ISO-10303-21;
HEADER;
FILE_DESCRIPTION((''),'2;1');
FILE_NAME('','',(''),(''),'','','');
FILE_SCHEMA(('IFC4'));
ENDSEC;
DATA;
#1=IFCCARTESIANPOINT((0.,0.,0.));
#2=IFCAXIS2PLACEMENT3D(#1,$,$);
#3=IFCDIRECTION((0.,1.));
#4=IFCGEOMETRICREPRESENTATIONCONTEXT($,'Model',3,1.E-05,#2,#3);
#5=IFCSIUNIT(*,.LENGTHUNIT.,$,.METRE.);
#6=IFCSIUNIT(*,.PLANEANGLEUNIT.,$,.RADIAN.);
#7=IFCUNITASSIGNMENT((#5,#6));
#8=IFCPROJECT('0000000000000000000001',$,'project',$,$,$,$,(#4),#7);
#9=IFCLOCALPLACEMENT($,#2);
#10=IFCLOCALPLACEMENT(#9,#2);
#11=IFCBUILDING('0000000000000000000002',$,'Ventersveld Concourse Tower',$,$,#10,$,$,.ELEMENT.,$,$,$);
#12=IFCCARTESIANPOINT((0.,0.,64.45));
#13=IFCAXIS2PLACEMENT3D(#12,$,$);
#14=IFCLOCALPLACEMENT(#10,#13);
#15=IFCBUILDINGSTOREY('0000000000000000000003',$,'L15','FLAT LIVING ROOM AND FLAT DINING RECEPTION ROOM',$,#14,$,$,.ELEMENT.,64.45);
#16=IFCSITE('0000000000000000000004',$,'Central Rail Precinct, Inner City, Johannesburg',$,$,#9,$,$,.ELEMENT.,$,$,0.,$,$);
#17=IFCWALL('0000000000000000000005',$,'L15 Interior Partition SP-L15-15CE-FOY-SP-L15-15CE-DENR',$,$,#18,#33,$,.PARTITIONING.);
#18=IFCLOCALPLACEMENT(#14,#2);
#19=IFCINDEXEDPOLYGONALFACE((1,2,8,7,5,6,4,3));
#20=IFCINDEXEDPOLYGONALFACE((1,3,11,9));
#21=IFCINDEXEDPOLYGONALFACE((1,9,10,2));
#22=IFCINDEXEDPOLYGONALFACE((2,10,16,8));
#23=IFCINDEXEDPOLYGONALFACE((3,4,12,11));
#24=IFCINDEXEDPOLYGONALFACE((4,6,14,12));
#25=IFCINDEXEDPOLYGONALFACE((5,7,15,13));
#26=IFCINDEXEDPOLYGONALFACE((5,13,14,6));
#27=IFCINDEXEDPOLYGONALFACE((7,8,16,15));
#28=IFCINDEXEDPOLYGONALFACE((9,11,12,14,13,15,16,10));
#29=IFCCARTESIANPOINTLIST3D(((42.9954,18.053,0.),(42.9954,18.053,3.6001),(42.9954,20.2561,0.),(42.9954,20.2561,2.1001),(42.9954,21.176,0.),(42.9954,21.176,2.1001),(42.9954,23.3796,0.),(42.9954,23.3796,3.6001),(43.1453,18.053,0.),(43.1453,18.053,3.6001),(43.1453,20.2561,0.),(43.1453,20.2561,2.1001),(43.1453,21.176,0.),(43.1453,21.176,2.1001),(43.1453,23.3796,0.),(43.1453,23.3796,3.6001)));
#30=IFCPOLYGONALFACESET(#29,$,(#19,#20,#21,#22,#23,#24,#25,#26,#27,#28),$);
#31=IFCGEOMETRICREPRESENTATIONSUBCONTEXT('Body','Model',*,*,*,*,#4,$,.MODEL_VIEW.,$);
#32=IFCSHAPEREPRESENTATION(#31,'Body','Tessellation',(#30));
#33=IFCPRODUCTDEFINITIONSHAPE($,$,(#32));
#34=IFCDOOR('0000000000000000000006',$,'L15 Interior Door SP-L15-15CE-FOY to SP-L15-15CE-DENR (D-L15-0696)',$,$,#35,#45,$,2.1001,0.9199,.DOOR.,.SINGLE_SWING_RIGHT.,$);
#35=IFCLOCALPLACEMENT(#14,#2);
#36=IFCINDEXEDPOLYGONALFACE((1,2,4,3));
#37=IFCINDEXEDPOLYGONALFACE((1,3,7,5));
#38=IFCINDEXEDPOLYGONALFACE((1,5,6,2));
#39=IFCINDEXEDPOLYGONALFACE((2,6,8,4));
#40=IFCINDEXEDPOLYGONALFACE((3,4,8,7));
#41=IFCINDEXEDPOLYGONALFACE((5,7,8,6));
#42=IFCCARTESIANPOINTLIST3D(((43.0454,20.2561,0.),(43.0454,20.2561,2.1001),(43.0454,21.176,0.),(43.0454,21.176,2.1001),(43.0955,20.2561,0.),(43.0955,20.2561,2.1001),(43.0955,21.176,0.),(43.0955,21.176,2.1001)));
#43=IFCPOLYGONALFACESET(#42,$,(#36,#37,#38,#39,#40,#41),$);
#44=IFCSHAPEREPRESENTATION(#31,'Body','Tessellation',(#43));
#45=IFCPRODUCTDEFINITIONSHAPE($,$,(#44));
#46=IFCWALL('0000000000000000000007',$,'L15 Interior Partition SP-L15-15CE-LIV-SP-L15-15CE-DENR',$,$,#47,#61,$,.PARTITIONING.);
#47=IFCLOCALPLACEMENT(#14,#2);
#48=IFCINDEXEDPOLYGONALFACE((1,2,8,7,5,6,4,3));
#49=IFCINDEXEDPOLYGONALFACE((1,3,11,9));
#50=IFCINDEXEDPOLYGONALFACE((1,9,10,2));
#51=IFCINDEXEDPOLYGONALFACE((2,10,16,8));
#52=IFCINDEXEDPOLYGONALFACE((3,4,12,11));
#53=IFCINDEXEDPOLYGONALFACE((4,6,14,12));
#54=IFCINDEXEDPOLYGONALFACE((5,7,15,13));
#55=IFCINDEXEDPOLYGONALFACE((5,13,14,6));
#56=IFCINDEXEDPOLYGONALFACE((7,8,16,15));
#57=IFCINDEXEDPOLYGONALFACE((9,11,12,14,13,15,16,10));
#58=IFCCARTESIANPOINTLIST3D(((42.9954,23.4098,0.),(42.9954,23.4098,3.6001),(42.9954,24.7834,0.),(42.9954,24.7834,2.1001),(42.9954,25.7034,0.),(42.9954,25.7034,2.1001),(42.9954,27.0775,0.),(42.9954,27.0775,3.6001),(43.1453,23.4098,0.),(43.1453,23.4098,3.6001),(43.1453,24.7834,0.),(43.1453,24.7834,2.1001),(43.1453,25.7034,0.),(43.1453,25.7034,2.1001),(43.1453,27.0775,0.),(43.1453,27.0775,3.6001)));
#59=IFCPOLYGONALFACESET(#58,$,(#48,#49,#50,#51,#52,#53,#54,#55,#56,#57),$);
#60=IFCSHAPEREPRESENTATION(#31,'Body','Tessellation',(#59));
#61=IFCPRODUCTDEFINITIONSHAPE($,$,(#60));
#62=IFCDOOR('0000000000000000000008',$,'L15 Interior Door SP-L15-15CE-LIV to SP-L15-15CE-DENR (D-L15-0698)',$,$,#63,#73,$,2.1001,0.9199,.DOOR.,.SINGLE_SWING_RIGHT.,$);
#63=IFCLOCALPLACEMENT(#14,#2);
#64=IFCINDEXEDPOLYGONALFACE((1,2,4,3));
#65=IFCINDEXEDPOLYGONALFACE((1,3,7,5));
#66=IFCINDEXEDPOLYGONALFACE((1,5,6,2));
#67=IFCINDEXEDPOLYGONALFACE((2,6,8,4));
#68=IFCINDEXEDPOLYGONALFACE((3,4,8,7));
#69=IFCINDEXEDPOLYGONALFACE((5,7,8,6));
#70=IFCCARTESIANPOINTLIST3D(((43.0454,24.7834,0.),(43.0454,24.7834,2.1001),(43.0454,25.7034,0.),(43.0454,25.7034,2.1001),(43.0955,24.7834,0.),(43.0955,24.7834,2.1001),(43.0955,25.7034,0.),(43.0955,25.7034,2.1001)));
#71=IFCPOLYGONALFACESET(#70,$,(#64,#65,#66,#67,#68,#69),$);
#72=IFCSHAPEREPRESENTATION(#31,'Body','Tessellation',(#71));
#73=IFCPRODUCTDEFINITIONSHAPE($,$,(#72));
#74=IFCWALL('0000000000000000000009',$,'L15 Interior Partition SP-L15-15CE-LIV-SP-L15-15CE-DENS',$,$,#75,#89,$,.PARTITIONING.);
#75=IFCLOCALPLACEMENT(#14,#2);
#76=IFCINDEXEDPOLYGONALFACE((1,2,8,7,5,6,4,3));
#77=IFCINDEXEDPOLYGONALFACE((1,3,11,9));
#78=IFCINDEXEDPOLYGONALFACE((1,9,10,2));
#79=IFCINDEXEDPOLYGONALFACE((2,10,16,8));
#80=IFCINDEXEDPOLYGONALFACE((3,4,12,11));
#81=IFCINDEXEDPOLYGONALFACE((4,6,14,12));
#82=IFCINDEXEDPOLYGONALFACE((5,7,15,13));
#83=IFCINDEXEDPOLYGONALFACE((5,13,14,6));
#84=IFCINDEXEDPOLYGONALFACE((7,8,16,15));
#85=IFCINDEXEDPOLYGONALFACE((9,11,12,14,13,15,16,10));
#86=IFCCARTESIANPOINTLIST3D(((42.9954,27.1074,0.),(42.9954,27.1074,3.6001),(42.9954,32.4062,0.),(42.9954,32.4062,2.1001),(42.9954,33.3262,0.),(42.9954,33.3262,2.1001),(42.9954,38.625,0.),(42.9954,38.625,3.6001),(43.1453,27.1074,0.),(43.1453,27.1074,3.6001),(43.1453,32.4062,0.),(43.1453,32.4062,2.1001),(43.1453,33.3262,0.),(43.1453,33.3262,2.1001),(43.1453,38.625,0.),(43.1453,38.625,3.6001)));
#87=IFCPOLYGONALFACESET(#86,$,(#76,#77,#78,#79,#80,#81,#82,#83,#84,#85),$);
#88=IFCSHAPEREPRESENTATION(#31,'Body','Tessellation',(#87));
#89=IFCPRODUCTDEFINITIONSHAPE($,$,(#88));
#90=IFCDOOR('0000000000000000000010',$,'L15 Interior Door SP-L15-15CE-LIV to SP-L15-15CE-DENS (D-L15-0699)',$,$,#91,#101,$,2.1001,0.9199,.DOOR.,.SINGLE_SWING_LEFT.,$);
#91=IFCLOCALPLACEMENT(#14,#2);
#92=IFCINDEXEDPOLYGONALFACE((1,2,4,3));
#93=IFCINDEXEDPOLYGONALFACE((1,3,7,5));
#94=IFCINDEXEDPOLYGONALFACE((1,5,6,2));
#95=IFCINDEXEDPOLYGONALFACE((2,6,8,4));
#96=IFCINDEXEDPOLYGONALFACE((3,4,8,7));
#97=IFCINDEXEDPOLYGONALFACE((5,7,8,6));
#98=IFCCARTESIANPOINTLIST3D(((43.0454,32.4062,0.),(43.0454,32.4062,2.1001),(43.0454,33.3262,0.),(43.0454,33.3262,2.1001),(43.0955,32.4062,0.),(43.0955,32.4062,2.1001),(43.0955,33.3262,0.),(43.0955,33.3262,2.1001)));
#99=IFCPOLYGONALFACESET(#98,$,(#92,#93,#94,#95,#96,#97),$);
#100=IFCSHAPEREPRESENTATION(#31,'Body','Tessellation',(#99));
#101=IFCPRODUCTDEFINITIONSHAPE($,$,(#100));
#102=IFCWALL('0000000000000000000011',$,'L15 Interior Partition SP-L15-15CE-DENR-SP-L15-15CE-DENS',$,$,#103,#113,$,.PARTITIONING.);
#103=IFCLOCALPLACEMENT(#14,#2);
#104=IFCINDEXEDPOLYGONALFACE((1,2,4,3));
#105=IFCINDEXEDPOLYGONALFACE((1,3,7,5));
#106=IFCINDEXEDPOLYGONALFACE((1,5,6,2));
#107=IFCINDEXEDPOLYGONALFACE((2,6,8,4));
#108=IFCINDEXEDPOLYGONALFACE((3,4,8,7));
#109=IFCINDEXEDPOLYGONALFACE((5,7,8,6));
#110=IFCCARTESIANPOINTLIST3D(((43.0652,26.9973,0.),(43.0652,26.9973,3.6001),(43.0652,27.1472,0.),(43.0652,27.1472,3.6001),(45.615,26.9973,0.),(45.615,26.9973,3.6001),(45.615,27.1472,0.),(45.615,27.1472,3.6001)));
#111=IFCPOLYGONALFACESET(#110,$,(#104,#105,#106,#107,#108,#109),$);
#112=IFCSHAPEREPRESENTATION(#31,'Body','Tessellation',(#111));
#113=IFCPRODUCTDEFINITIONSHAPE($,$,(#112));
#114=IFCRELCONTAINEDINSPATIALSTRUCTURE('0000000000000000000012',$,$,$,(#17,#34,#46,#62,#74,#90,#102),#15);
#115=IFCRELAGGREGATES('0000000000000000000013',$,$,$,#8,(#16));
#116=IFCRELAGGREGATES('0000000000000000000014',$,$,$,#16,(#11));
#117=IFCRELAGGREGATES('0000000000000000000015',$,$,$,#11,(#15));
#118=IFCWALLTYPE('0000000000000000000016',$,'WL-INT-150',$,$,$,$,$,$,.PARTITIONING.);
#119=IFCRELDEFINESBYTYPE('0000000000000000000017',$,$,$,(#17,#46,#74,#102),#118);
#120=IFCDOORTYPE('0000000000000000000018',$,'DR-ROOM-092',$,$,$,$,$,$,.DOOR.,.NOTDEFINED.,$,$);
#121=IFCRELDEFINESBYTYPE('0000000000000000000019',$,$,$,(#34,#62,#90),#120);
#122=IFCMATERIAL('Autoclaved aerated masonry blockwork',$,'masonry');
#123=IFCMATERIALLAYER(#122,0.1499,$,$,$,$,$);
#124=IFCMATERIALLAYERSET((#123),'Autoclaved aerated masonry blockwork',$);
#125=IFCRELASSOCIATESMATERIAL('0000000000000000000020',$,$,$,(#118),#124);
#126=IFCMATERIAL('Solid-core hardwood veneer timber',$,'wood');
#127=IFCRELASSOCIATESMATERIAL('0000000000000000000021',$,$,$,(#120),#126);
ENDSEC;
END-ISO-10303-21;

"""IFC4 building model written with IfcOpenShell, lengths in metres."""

from ifc_helpers import new_model, si_unit, direction, frame, frame_2d, origin, place, context, subcontext, project, spatial, rectangle, extrude, material, layer, layer_set, type_object, element, fill, save


model = new_model("IFC4")

# Units and contexts
model_context = context("Model", 3, precision=1e-05, world=origin(), true_north=direction((0.0, 1.0)))
body_context = subcontext(model_context, "Body", "Model", "MODEL_VIEW")
ifc_project = project(units=[si_unit("LENGTHUNIT", "METRE"), si_unit("PLANEANGLEUNIT", "RADIAN")], contexts=[model_context])

# Site, building, storey
site_placement = place(None, origin())
site = spatial("IfcSite", under=ifc_project, at=site_placement, Name="Central Rail Precinct, Inner City, Johannesburg", CompositionType="ELEMENT", RefElevation=0.0)
building_placement = place(site_placement, origin())
building = spatial("IfcBuilding", under=site, at=building_placement, Name="Ventersveld Concourse Tower", CompositionType="ELEMENT")
storey_placement = place(building_placement, frame((0.0, 0.0, 64.45)))
storey = spatial("IfcBuildingStorey", under=building, at=storey_placement, Name="L15", Description="FLAT LIVING ROOM AND FLAT DINING RECEPTION ROOM", CompositionType="ELEMENT", Elevation=64.45)

# Shared definitions
ifc_material_1 = material(Name="Autoclaved aerated masonry blockwork", Category="masonry")
ifc_layer_1 = layer(ifc_material_1, 0.1499)
ifc_layer_set_1 = layer_set([ifc_layer_1], Name="Autoclaved aerated masonry blockwork")
wall_type_1 = type_object("IfcWallType", Name="WL-INT-150", PredefinedType="PARTITIONING", material=ifc_layer_set_1)
ifc_material_2 = material(Name="Solid-core hardwood veneer timber", Category="wood")
door_type = type_object("IfcDoorType", Name="DR-ROOM-092", OperationType="NOTDEFINED", PredefinedType="DOOR", material=ifc_material_2)

# Walls, openings, doors
wall_1_placement = place(storey_placement, frame((43.0703, 18.053, 0.0), z_axis=(0.0, 0.0, 1.0), x_axis=(0.0, 1.0, 0.0)))
wall_1 = element("IfcWall", 1, at=wall_1_placement, inside=storey, type_object=wall_type_1, Name="L15 Interior Partition SP-L15-15CE-FOY-SP-L15-15CE-DENR", PredefinedType="PARTITIONING", context=body_context, shape_type="SweptSolid", body=[
    extrude(rectangle(XDim=5.3267, YDim=0.1499, at=frame_2d((2.6633, 0.0))), origin(), (0.0, 0.0, 1.0), 3.6001),
])
opening_1_placement = place(wall_1_placement, frame((2.2031, 0.0, 0.0)))
opening_1 = element("IfcOpeningElement", 2, at=opening_1_placement, cuts=wall_1, PredefinedType="OPENING", context=body_context, shape_type="SweptSolid", body=[
    extrude(rectangle(XDim=0.9199, YDim=2.1001, at=frame_2d((0.46, 1.05))), frame((0.0, 0.085, 0.0), z_axis=(0.0, -1.0, 0.0), x_axis=(1.0, 0.0, 0.0)), (0.0, 0.0, 1.0), 0.1699),
])
door_1_placement = place(opening_1_placement, origin())
door_1 = element("IfcDoor", 3, at=door_1_placement, inside=storey, type_object=door_type, Name="L15 Interior Door SP-L15-15CE-FOY to SP-L15-15CE-DENR (D-L15-0696)", OperationType="SINGLE_SWING_RIGHT", OverallHeight=2.1001, OverallWidth=0.9199, PredefinedType="DOOR", context=body_context, shape_type="SweptSolid", body=[
    extrude(rectangle(XDim=0.9199, YDim=2.1001, at=frame_2d((0.46, 1.05))), frame((0.0, 0.0249, 0.0), z_axis=(0.0, -1.0, 0.0), x_axis=(1.0, 0.0, 0.0)), (0.0, 0.0, 1.0), 0.05),
])
fill(opening_1, door_1)
wall_2_placement = place(storey_placement, frame((43.0703, 23.4097, 0.0), z_axis=(0.0, 0.0, 1.0), x_axis=(0.0, 1.0, 0.0)))
wall_2 = element("IfcWall", 4, at=wall_2_placement, inside=storey, type_object=wall_type_1, Name="L15 Interior Partition SP-L15-15CE-LIV-SP-L15-15CE-DENR", PredefinedType="PARTITIONING", context=body_context, shape_type="SweptSolid", body=[
    extrude(rectangle(XDim=3.6677, YDim=0.1499, at=frame_2d((1.834, 0.0))), origin(), (0.0, 0.0, 1.0), 3.6001),
])
opening_2_placement = place(wall_2_placement, frame((1.3738, 0.0, 0.0)))
opening_2 = element("IfcOpeningElement", 5, at=opening_2_placement, cuts=wall_2, PredefinedType="OPENING", context=body_context, shape_type="SweptSolid", body=[
    extrude(rectangle(XDim=0.9199, YDim=2.1001, at=frame_2d((0.46, 1.05))), frame((0.0, 0.085, 0.0), z_axis=(0.0, -1.0, 0.0), x_axis=(1.0, 0.0, 0.0)), (0.0, 0.0, 1.0), 0.1699),
])
door_2_placement = place(opening_2_placement, origin())
door_2 = element("IfcDoor", 6, at=door_2_placement, inside=storey, type_object=door_type, Name="L15 Interior Door SP-L15-15CE-LIV to SP-L15-15CE-DENR (D-L15-0698)", OperationType="SINGLE_SWING_RIGHT", OverallHeight=2.1001, OverallWidth=0.9199, PredefinedType="DOOR", context=body_context, shape_type="SweptSolid", body=[
    extrude(rectangle(XDim=0.9199, YDim=2.1001, at=frame_2d((0.46, 1.05))), frame((0.0, 0.0249, 0.0), z_axis=(0.0, -1.0, 0.0), x_axis=(1.0, 0.0, 0.0)), (0.0, 0.0, 1.0), 0.05),
])
fill(opening_2, door_2)
wall_3_placement = place(storey_placement, frame((43.0703, 27.1074, 0.0), z_axis=(0.0, 0.0, 1.0), x_axis=(0.0, 1.0, 0.0)))
wall_3 = element("IfcWall", 7, at=wall_3_placement, inside=storey, type_object=wall_type_1, Name="L15 Interior Partition SP-L15-15CE-LIV-SP-L15-15CE-DENS", PredefinedType="PARTITIONING", context=body_context, shape_type="SweptSolid", body=[
    extrude(rectangle(XDim=11.5176, YDim=0.1499, at=frame_2d((5.7588, 0.0))), origin(), (0.0, 0.0, 1.0), 3.6001),
])
opening_3_placement = place(wall_3_placement, frame((5.2988, 0.0, 0.0)))
opening_3 = element("IfcOpeningElement", 8, at=opening_3_placement, cuts=wall_3, PredefinedType="OPENING", context=body_context, shape_type="SweptSolid", body=[
    extrude(rectangle(XDim=0.9199, YDim=2.1001, at=frame_2d((0.46, 1.05))), frame((0.0, 0.085, 0.0), z_axis=(0.0, -1.0, 0.0), x_axis=(1.0, 0.0, 0.0)), (0.0, 0.0, 1.0), 0.1699),
])
door_3_placement = place(opening_3_placement, origin())
door_3 = element("IfcDoor", 9, at=door_3_placement, inside=storey, type_object=door_type, Name="L15 Interior Door SP-L15-15CE-LIV to SP-L15-15CE-DENS (D-L15-0699)", OperationType="SINGLE_SWING_LEFT", OverallHeight=2.1001, OverallWidth=0.9199, PredefinedType="DOOR", context=body_context, shape_type="SweptSolid", body=[
    extrude(rectangle(XDim=0.9199, YDim=2.1001, at=frame_2d((0.46, 1.05))), frame((0.0, 0.0249, 0.0), z_axis=(0.0, -1.0, 0.0), x_axis=(1.0, 0.0, 0.0)), (0.0, 0.0, 1.0), 0.05),
])
fill(opening_3, door_3)

# Wall
wall_4_placement = place(storey_placement, frame((43.0652, 27.0723, 0.0), z_axis=(0.0, 0.0, 1.0), x_axis=(1.0, 0.0, 0.0)))
element("IfcWall", 10, at=wall_4_placement, inside=storey, type_object=wall_type_1, Name="L15 Interior Partition SP-L15-15CE-DENR-SP-L15-15CE-DENS", PredefinedType="PARTITIONING", context=body_context, shape_type="SweptSolid", body=[
    extrude(rectangle(XDim=2.5498, YDim=0.1499, at=frame_2d((1.2749, 0.0))), origin(), (0.0, 0.0, 1.0), 3.6001),
])

save(model, "model.ifc")
